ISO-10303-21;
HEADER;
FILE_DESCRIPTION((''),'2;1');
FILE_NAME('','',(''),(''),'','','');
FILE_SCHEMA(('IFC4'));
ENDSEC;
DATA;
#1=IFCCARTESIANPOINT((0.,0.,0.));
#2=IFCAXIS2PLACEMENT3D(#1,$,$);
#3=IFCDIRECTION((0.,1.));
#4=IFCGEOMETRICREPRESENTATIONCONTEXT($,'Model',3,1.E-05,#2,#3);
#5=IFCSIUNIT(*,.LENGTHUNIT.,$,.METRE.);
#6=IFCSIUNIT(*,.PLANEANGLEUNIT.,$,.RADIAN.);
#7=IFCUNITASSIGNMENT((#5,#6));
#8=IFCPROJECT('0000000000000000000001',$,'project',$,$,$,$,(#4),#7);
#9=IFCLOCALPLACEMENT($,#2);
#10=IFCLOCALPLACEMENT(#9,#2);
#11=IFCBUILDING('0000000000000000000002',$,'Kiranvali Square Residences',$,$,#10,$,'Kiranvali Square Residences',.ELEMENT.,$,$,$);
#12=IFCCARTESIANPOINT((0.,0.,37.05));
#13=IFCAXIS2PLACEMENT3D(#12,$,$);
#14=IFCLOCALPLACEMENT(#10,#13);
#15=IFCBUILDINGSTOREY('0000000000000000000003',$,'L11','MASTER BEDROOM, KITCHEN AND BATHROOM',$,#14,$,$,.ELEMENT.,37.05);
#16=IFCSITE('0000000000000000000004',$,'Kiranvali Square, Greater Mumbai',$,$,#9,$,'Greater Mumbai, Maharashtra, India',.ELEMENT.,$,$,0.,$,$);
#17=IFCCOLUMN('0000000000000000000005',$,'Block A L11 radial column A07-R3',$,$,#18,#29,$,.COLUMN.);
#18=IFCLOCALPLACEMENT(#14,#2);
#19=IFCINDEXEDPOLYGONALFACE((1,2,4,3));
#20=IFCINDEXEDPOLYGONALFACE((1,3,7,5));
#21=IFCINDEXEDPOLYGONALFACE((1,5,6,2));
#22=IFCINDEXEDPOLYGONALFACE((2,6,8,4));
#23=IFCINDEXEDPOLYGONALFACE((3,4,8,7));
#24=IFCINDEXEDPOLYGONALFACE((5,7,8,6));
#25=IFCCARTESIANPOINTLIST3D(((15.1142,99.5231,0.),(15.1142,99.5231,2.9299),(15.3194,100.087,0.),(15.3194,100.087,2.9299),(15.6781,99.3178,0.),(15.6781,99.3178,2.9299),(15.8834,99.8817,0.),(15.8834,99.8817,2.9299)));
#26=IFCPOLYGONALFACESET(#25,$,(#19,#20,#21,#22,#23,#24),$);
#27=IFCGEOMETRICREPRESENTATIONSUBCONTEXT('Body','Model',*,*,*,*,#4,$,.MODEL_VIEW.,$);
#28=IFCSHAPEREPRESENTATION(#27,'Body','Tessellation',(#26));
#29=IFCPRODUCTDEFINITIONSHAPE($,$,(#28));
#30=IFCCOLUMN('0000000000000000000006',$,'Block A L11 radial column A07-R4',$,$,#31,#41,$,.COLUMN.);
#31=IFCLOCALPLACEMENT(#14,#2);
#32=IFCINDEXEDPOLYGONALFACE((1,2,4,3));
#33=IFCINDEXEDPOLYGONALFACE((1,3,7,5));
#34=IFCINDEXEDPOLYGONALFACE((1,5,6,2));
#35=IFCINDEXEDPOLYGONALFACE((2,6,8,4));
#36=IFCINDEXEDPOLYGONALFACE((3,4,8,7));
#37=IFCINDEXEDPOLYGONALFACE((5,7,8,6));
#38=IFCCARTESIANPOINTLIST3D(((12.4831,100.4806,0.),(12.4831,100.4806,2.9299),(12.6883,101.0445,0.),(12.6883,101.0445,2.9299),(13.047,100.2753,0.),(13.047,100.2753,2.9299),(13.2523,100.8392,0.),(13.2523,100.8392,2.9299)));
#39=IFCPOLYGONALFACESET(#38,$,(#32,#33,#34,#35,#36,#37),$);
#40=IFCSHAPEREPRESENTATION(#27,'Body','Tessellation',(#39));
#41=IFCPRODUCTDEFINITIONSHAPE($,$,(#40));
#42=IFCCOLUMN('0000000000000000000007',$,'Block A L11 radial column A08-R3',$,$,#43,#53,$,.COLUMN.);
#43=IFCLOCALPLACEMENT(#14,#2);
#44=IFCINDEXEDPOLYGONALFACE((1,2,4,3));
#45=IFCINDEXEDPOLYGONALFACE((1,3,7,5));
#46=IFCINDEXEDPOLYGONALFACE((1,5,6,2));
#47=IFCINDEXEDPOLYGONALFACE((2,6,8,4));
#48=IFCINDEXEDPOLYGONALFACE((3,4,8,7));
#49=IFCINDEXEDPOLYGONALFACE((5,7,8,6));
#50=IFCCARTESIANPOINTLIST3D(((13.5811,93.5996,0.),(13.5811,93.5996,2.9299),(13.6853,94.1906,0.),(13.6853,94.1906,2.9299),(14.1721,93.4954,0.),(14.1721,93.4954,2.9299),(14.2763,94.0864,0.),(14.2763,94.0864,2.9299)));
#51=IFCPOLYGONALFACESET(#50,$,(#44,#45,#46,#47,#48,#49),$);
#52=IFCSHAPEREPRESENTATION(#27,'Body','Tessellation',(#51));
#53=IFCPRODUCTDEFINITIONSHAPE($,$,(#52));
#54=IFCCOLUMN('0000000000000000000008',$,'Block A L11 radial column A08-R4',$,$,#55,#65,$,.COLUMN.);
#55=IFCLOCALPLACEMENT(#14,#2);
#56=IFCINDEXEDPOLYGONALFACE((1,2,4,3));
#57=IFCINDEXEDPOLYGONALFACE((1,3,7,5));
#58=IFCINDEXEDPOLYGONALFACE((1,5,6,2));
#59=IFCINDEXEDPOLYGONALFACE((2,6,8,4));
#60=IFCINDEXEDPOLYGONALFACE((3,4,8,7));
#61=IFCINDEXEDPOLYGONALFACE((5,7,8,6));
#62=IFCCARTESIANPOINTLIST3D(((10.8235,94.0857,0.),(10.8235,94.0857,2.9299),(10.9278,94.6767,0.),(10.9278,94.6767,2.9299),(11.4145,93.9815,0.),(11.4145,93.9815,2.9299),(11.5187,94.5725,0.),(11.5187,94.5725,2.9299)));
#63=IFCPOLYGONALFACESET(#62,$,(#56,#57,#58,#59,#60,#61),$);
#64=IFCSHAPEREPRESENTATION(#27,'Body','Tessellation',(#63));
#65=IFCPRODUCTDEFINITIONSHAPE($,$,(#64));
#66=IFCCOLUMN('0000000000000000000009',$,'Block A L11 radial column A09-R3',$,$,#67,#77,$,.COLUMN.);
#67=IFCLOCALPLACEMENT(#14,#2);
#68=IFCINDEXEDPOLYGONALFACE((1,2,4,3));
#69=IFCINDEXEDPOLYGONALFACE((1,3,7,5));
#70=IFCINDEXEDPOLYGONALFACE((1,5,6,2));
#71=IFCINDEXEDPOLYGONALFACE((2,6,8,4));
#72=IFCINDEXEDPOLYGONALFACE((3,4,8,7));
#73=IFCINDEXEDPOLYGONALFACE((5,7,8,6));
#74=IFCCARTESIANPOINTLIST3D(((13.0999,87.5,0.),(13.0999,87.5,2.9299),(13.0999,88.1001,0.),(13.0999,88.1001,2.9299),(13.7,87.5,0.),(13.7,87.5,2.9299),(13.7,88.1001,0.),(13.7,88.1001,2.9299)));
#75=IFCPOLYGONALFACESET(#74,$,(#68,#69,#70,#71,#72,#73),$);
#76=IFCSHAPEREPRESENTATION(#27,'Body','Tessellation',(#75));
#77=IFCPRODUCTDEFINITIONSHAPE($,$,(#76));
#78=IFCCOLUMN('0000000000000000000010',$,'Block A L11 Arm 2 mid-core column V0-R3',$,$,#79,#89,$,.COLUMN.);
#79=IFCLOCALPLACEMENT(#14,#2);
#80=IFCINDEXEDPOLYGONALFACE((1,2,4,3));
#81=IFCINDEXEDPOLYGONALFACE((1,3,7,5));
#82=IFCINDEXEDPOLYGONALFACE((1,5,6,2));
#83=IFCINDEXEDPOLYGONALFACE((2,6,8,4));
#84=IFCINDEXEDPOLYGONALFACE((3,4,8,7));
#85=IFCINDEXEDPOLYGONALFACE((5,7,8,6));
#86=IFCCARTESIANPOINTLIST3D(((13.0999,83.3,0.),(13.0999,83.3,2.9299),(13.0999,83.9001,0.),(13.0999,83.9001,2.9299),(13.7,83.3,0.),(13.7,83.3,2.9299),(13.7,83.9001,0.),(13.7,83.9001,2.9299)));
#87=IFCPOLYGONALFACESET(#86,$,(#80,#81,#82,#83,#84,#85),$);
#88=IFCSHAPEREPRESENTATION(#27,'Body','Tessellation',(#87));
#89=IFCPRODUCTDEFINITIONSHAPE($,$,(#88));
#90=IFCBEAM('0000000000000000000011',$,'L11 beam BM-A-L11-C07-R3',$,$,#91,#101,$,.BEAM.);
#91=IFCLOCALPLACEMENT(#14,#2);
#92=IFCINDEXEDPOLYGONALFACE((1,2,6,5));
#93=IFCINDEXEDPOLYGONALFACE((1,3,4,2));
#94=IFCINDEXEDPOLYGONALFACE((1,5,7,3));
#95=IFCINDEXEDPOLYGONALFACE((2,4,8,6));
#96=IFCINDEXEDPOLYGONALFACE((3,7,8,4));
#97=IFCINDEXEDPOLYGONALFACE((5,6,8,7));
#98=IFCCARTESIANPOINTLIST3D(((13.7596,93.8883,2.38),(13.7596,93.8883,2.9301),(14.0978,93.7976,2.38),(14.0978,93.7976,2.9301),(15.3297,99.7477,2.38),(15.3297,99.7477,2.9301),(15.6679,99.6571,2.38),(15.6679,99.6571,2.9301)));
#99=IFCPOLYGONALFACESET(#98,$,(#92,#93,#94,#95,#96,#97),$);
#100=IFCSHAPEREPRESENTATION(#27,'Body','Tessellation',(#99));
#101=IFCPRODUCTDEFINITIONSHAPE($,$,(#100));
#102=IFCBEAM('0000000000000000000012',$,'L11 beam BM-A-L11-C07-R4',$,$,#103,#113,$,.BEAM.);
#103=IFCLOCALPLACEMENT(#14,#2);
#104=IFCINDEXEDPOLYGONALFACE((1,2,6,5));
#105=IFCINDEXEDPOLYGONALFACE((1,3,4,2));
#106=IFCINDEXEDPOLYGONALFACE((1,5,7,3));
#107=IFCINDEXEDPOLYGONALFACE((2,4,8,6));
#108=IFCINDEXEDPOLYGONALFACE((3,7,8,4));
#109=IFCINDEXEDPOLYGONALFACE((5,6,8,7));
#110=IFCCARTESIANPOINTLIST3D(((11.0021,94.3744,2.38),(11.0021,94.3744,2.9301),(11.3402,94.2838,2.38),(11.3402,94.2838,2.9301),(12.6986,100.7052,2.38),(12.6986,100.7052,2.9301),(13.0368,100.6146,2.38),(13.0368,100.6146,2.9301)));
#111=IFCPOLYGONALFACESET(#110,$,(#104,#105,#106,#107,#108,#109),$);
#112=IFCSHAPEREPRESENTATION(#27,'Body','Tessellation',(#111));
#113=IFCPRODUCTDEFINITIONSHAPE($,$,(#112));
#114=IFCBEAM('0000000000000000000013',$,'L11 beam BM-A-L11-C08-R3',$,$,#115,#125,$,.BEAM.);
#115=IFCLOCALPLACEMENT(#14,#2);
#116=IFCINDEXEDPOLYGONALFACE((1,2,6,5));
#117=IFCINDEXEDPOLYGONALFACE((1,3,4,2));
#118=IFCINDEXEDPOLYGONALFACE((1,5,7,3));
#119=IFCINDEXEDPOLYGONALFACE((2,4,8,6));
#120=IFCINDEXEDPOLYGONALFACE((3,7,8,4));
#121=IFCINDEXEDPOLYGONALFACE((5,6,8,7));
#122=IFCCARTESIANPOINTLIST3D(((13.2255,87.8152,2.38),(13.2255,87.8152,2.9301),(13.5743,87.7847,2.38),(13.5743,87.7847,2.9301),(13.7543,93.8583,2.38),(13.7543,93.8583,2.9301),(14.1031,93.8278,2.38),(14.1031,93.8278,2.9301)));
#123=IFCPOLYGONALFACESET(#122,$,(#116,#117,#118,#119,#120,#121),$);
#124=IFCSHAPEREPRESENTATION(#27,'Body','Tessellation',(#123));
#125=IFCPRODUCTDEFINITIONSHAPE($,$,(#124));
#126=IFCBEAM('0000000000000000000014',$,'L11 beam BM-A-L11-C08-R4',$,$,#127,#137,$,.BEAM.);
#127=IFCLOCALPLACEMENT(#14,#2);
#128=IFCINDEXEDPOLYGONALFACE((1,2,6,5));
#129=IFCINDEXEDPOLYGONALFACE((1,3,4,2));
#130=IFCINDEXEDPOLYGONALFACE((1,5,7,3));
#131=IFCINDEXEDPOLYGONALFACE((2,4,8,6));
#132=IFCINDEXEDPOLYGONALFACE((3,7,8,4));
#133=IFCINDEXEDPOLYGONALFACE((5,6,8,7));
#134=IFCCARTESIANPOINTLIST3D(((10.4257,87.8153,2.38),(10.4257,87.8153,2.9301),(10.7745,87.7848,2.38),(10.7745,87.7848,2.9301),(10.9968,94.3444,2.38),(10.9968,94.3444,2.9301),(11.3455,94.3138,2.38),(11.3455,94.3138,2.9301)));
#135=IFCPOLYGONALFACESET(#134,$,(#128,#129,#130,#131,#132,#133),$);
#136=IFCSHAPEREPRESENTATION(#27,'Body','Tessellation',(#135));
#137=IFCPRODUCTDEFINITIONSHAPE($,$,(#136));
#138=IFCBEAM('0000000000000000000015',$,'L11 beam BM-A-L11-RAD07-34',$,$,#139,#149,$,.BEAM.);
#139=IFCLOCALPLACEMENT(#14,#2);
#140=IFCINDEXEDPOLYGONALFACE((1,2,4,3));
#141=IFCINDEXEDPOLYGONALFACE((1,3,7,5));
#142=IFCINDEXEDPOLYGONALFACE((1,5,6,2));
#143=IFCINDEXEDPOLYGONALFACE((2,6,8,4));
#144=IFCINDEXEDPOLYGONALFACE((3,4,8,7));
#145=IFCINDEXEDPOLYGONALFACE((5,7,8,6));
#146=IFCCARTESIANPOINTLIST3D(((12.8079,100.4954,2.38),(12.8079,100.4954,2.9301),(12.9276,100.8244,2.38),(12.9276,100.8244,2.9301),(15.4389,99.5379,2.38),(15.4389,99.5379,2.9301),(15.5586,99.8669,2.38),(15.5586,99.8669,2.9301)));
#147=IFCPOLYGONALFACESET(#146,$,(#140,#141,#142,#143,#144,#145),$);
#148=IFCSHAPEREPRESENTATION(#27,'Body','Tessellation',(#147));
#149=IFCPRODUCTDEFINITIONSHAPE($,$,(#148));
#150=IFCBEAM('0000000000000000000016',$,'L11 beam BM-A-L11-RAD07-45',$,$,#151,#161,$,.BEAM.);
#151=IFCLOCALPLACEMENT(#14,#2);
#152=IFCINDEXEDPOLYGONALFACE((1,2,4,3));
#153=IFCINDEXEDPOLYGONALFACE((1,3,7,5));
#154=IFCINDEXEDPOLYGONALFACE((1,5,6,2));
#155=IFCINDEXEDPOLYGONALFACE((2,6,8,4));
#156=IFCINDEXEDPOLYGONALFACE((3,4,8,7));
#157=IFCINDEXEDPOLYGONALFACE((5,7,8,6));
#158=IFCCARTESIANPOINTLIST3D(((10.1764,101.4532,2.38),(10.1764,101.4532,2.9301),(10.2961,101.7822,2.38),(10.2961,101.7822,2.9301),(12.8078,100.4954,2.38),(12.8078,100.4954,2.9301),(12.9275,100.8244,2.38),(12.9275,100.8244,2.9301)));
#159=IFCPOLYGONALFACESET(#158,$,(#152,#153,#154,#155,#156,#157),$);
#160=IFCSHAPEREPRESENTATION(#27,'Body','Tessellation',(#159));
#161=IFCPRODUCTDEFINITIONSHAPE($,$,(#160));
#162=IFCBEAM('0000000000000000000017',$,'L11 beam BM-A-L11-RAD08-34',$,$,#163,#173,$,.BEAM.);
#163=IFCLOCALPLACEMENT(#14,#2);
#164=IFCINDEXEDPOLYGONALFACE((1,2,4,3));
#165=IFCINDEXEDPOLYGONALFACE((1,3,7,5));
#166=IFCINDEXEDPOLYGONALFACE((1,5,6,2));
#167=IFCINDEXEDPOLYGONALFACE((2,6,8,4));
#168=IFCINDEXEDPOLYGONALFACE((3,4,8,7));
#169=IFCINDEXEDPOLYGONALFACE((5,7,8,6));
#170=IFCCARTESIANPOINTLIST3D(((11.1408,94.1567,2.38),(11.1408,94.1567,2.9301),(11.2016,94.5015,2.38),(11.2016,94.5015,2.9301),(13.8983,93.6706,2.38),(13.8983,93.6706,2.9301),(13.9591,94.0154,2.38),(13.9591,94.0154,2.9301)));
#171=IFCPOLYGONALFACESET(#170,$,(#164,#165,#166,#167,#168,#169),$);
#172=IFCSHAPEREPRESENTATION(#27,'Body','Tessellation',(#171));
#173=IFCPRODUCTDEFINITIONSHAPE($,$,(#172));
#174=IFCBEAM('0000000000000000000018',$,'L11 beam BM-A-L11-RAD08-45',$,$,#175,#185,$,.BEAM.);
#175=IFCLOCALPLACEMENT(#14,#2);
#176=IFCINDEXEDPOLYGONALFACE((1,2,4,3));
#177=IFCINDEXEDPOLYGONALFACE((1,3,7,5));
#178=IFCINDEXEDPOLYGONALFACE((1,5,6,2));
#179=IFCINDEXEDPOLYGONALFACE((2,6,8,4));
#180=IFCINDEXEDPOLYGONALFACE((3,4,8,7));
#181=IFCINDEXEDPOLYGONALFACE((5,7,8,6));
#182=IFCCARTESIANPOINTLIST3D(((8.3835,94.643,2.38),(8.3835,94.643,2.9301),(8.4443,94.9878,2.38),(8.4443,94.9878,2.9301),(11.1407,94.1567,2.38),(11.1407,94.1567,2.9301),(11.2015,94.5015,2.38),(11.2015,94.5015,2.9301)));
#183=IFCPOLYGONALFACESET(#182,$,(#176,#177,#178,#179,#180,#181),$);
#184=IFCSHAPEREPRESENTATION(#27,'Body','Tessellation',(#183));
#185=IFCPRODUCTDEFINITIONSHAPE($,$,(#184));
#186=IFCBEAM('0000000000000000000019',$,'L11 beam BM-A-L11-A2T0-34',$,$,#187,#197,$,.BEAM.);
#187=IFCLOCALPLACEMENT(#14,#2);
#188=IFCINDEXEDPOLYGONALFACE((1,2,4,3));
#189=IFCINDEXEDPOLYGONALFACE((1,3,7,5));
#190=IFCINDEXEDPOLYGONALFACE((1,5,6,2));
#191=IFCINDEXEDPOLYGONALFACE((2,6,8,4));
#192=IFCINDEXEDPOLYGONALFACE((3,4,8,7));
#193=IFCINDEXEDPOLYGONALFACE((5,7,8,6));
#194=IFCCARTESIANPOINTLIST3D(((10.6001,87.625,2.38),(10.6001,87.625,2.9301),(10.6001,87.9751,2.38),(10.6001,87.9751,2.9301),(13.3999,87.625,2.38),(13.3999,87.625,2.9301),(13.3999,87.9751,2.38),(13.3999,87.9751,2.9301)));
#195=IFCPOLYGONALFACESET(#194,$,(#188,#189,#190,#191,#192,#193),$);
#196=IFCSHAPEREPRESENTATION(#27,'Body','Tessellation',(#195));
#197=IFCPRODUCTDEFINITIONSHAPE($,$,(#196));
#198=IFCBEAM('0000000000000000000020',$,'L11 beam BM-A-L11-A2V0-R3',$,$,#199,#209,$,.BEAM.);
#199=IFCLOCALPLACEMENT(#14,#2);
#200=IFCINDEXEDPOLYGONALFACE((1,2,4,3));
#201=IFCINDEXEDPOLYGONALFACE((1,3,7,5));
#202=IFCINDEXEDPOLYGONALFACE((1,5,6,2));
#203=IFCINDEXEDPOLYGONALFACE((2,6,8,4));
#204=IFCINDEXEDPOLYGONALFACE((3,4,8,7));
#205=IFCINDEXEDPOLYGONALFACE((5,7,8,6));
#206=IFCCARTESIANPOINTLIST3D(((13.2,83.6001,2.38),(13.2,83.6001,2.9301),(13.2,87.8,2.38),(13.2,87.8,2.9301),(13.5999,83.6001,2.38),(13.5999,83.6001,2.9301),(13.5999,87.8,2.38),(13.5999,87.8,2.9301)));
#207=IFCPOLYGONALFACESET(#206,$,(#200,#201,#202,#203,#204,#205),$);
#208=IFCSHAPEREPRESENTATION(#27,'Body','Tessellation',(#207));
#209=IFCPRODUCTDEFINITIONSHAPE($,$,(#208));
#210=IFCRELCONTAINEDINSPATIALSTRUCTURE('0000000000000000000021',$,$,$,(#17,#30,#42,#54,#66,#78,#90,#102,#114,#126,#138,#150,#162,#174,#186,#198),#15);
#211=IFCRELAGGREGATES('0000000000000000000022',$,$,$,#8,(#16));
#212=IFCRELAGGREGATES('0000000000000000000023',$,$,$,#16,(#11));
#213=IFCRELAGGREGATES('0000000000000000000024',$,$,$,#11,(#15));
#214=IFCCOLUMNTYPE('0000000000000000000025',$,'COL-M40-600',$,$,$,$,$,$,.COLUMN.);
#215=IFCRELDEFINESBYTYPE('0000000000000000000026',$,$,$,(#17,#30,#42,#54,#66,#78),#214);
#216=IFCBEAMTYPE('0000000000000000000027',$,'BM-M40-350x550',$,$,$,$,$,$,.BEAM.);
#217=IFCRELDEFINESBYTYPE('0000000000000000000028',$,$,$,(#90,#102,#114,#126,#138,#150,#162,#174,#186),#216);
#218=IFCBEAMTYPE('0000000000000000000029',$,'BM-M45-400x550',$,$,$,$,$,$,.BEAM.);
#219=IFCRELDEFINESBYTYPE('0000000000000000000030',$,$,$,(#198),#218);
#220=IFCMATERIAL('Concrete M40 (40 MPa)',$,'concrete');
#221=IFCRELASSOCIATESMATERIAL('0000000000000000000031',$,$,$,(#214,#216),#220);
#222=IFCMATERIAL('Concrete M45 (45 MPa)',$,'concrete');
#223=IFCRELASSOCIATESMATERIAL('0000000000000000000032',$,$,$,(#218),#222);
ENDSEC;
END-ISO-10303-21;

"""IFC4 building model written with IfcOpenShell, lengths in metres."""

from ifc_helpers import new_model, si_unit, direction, frame, origin, origin_2d, place, context, subcontext, project, spatial, rectangle, extrude, material, material_profile, profile_set, type_object, element, save


model = new_model("IFC4")

# Units and contexts
model_context = context("Model", 3, precision=1e-05, world=origin(), true_north=direction((0.0, 1.0)))
body_context = subcontext(model_context, "Body", "Model", "MODEL_VIEW")
ifc_project = project(units=[si_unit("LENGTHUNIT", "METRE"), si_unit("PLANEANGLEUNIT", "RADIAN")], contexts=[model_context])

# Site, building, storey
site_placement = place(None, origin())
site = spatial("IfcSite", under=ifc_project, at=site_placement, Name="Kiranvali Square, Greater Mumbai", LongName="Greater Mumbai, Maharashtra, India", CompositionType="ELEMENT", RefElevation=0.0)
building_placement = place(site_placement, origin())
building = spatial("IfcBuilding", under=site, at=building_placement, Name="Kiranvali Square Residences", LongName="Kiranvali Square Residences", CompositionType="ELEMENT")
storey_placement = place(building_placement, frame((0.0, 0.0, 37.05)))
storey = spatial("IfcBuildingStorey", under=building, at=storey_placement, Name="L11", Description="MASTER BEDROOM, KITCHEN AND BATHROOM", CompositionType="ELEMENT", Elevation=37.05)

# Columns
ifc_material_1 = material(Name="Concrete M40 (40 MPa)", Category="concrete")
ifc_material_profile_1 = material_profile(ifc_material_1, rectangle(XDim=0.6001, YDim=0.6001, at=origin_2d()), Name="RC 600x600")
ifc_profile_set_1 = profile_set([ifc_material_profile_1], Name="Concrete M40 (40 MPa)")
column_type = type_object("IfcColumnType", Name="COL-M40-600", PredefinedType="COLUMN", material=ifc_profile_set_1)
for number, where, z_axis, x_axis, name in (
    (1, (15.4988, 99.7024, 0.0), (0.0, 0.0, 1.0), (0.34202, 0.939693, 0.0), "Block A L11 radial column A07-R3"),
    (2, (12.8677, 100.6599, 0.0), (0.0, 0.0, 1.0), (0.34202, 0.939693, 0.0), "Block A L11 radial column A07-R4"),
    (3, (13.9287, 93.843, 0.0), (0.0, 0.0, 1.0), (0.173648, 0.984808, 0.0), "Block A L11 radial column A08-R3"),
    (4, (11.1711, 94.3291, 0.0), (0.0, 0.0, 1.0), (0.173648, 0.984808, 0.0), "Block A L11 radial column A08-R4"),
    (5, (13.3999, 87.8, 0.0), (0.0, 0.0, 1.0), (0.0, 1.0, 0.0), "Block A L11 radial column A09-R3"),
    (6, (13.3999, 83.6001, 0.0), (0.0, 0.0, 1.0), (1.0, 0.0, 0.0), "Block A L11 Arm 2 mid-core column V0-R3"),
):
    element("IfcColumn", number, at=place(storey_placement, frame(where, z_axis=z_axis, x_axis=x_axis)), inside=storey, type_object=column_type, Name=name, PredefinedType="COLUMN", context=body_context, shape_type="SweptSolid", body=[
        extrude(rectangle(XDim=0.6001, YDim=0.6001, at=origin_2d()), origin(), (0.0, 0.0, 1.0), 2.9299),
    ])

# Beams
ifc_material_profile_2 = material_profile(ifc_material_1, rectangle(XDim=0.3501, YDim=0.55, at=origin_2d()), Name="RC 350x550")
ifc_profile_set_2 = profile_set([ifc_material_profile_2], Name="Concrete M40 (40 MPa)")
beam_type_1 = type_object("IfcBeamType", Name="BM-M40-350x550", PredefinedType="BEAM", material=ifc_profile_set_2)
beam_1_placement = place(storey_placement, frame((15.4988, 99.7024, 2.655), z_axis=(-0.258827, -0.965924, 0.0), x_axis=(0.965924, -0.258827, 0.0)))
element("IfcBeam", 7, at=beam_1_placement, inside=storey, type_object=beam_type_1, Name="L11 beam BM-A-L11-C07-R3", PredefinedType="BEAM", context=body_context, shape_type="SweptSolid", body=[
    extrude(rectangle(XDim=0.3501, YDim=0.55, at=origin_2d()), origin(), (0.0, 0.0, 1.0), 6.0662),
])
beam_2_placement = place(storey_placement, frame((12.8677, 100.6599, 2.655), z_axis=(-0.258847, -0.965918, 0.0), x_axis=(0.965918, -0.258847, 0.0)))
element("IfcBeam", 8, at=beam_2_placement, inside=storey, type_object=beam_type_1, Name="L11 beam BM-A-L11-C07-R4", PredefinedType="BEAM", context=body_context, shape_type="SweptSolid", body=[
    extrude(rectangle(XDim=0.3501, YDim=0.55, at=origin_2d()), origin(), (0.0, 0.0, 1.0), 6.5542),
])
beam_3_placement = place(storey_placement, frame((13.9287, 93.843, 2.655), z_axis=(-0.087175, -0.996193, 0.0), x_axis=(0.996193, -0.087175, 0.0)))
element("IfcBeam", 9, at=beam_3_placement, inside=storey, type_object=beam_type_1, Name="L11 beam BM-A-L11-C08-R3", PredefinedType="BEAM", context=body_context, shape_type="SweptSolid", body=[
    extrude(rectangle(XDim=0.3501, YDim=0.55, at=origin_2d()), origin(), (0.0, 0.0, 1.0), 6.0662),
])
beam_4_placement = place(storey_placement, frame((11.1711, 94.3291, 2.655), z_axis=(-0.08713, -0.996197, 0.0), x_axis=(0.996197, -0.08713, 0.0)))
element("IfcBeam", 10, at=beam_4_placement, inside=storey, type_object=beam_type_1, Name="L11 beam BM-A-L11-C08-R4", PredefinedType="BEAM", context=body_context, shape_type="SweptSolid", body=[
    extrude(rectangle(XDim=0.3501, YDim=0.55, at=origin_2d()), origin(), (0.0, 0.0, 1.0), 6.554),
])
beam_5_placement = place(storey_placement, frame((15.4988, 99.7024, 2.655), z_axis=(-0.939707, 0.341981, 0.0), x_axis=(-0.341981, -0.939707, 0.0)))
element("IfcBeam", 11, at=beam_5_placement, inside=storey, type_object=beam_type_1, Name="L11 beam BM-A-L11-RAD07-34", PredefinedType="BEAM", context=body_context, shape_type="SweptSolid", body=[
    extrude(rectangle(XDim=0.3501, YDim=0.55, at=origin_2d()), origin(), (0.0, 0.0, 1.0), 2.7998),
])
beam_6_placement = place(storey_placement, frame((12.8677, 100.6599, 2.655), z_axis=(-0.939689, 0.34203, 0.0), x_axis=(-0.34203, -0.939689, 0.0)))
element("IfcBeam", 12, at=beam_6_placement, inside=storey, type_object=beam_type_1, Name="L11 beam BM-A-L11-RAD07-45", PredefinedType="BEAM", context=body_context, shape_type="SweptSolid", body=[
    extrude(rectangle(XDim=0.3501, YDim=0.55, at=origin_2d()), origin(), (0.0, 0.0, 1.0), 2.8003),
])
beam_7_placement = place(storey_placement, frame((13.9287, 93.843, 2.655), z_axis=(-0.984817, 0.173596, 0.0), x_axis=(-0.173596, -0.984817, 0.0)))
element("IfcBeam", 13, at=beam_7_placement, inside=storey, type_object=beam_type_1, Name="L11 beam BM-A-L11-RAD08-34", PredefinedType="BEAM", context=body_context, shape_type="SweptSolid", body=[
    extrude(rectangle(XDim=0.3501, YDim=0.55, at=origin_2d()), origin(), (0.0, 0.0, 1.0), 2.8),
])
for number, where, z_axis, x_axis, name in (
    (14, (11.1711, 94.3291, 2.655), (-0.984799, 0.173696, 0.0), (-0.173696, -0.984799, 0.0), "L11 beam BM-A-L11-RAD08-45"),
    (15, (13.3999, 87.8, 2.655), (-1.0, 0.0, 0.0), (0.0, -1.0, 0.0), "L11 beam BM-A-L11-A2T0-34"),
):
    element("IfcBeam", number, at=place(storey_placement, frame(where, z_axis=z_axis, x_axis=x_axis)), inside=storey, type_object=beam_type_1, Name=name, PredefinedType="BEAM", context=body_context, shape_type="SweptSolid", body=[
        extrude(rectangle(XDim=0.3501, YDim=0.55, at=origin_2d()), origin(), (0.0, 0.0, 1.0), 2.7998),
    ])
ifc_material_2 = material(Name="Concrete M45 (45 MPa)", Category="concrete")
ifc_material_profile_3 = material_profile(ifc_material_2, rectangle(XDim=0.3999, YDim=0.55, at=origin_2d()), Name="RC 400x550")
ifc_profile_set_3 = profile_set([ifc_material_profile_3], Name="Concrete M45 (45 MPa)")
beam_type_2 = type_object("IfcBeamType", Name="BM-M45-400x550", PredefinedType="BEAM", material=ifc_profile_set_3)
beam_8_placement = place(storey_placement, frame((13.3999, 87.8, 2.655), z_axis=(0.0, -1.0, 0.0), x_axis=(1.0, 0.0, 0.0)))
element("IfcBeam", 16, at=beam_8_placement, inside=storey, type_object=beam_type_2, Name="L11 beam BM-A-L11-A2V0-R3", PredefinedType="BEAM", context=body_context, shape_type="SweptSolid", body=[
    extrude(rectangle(XDim=0.3999, YDim=0.55, at=origin_2d()), origin(), (0.0, 0.0, 1.0), 4.2),
])

save(model, "model.ifc")
